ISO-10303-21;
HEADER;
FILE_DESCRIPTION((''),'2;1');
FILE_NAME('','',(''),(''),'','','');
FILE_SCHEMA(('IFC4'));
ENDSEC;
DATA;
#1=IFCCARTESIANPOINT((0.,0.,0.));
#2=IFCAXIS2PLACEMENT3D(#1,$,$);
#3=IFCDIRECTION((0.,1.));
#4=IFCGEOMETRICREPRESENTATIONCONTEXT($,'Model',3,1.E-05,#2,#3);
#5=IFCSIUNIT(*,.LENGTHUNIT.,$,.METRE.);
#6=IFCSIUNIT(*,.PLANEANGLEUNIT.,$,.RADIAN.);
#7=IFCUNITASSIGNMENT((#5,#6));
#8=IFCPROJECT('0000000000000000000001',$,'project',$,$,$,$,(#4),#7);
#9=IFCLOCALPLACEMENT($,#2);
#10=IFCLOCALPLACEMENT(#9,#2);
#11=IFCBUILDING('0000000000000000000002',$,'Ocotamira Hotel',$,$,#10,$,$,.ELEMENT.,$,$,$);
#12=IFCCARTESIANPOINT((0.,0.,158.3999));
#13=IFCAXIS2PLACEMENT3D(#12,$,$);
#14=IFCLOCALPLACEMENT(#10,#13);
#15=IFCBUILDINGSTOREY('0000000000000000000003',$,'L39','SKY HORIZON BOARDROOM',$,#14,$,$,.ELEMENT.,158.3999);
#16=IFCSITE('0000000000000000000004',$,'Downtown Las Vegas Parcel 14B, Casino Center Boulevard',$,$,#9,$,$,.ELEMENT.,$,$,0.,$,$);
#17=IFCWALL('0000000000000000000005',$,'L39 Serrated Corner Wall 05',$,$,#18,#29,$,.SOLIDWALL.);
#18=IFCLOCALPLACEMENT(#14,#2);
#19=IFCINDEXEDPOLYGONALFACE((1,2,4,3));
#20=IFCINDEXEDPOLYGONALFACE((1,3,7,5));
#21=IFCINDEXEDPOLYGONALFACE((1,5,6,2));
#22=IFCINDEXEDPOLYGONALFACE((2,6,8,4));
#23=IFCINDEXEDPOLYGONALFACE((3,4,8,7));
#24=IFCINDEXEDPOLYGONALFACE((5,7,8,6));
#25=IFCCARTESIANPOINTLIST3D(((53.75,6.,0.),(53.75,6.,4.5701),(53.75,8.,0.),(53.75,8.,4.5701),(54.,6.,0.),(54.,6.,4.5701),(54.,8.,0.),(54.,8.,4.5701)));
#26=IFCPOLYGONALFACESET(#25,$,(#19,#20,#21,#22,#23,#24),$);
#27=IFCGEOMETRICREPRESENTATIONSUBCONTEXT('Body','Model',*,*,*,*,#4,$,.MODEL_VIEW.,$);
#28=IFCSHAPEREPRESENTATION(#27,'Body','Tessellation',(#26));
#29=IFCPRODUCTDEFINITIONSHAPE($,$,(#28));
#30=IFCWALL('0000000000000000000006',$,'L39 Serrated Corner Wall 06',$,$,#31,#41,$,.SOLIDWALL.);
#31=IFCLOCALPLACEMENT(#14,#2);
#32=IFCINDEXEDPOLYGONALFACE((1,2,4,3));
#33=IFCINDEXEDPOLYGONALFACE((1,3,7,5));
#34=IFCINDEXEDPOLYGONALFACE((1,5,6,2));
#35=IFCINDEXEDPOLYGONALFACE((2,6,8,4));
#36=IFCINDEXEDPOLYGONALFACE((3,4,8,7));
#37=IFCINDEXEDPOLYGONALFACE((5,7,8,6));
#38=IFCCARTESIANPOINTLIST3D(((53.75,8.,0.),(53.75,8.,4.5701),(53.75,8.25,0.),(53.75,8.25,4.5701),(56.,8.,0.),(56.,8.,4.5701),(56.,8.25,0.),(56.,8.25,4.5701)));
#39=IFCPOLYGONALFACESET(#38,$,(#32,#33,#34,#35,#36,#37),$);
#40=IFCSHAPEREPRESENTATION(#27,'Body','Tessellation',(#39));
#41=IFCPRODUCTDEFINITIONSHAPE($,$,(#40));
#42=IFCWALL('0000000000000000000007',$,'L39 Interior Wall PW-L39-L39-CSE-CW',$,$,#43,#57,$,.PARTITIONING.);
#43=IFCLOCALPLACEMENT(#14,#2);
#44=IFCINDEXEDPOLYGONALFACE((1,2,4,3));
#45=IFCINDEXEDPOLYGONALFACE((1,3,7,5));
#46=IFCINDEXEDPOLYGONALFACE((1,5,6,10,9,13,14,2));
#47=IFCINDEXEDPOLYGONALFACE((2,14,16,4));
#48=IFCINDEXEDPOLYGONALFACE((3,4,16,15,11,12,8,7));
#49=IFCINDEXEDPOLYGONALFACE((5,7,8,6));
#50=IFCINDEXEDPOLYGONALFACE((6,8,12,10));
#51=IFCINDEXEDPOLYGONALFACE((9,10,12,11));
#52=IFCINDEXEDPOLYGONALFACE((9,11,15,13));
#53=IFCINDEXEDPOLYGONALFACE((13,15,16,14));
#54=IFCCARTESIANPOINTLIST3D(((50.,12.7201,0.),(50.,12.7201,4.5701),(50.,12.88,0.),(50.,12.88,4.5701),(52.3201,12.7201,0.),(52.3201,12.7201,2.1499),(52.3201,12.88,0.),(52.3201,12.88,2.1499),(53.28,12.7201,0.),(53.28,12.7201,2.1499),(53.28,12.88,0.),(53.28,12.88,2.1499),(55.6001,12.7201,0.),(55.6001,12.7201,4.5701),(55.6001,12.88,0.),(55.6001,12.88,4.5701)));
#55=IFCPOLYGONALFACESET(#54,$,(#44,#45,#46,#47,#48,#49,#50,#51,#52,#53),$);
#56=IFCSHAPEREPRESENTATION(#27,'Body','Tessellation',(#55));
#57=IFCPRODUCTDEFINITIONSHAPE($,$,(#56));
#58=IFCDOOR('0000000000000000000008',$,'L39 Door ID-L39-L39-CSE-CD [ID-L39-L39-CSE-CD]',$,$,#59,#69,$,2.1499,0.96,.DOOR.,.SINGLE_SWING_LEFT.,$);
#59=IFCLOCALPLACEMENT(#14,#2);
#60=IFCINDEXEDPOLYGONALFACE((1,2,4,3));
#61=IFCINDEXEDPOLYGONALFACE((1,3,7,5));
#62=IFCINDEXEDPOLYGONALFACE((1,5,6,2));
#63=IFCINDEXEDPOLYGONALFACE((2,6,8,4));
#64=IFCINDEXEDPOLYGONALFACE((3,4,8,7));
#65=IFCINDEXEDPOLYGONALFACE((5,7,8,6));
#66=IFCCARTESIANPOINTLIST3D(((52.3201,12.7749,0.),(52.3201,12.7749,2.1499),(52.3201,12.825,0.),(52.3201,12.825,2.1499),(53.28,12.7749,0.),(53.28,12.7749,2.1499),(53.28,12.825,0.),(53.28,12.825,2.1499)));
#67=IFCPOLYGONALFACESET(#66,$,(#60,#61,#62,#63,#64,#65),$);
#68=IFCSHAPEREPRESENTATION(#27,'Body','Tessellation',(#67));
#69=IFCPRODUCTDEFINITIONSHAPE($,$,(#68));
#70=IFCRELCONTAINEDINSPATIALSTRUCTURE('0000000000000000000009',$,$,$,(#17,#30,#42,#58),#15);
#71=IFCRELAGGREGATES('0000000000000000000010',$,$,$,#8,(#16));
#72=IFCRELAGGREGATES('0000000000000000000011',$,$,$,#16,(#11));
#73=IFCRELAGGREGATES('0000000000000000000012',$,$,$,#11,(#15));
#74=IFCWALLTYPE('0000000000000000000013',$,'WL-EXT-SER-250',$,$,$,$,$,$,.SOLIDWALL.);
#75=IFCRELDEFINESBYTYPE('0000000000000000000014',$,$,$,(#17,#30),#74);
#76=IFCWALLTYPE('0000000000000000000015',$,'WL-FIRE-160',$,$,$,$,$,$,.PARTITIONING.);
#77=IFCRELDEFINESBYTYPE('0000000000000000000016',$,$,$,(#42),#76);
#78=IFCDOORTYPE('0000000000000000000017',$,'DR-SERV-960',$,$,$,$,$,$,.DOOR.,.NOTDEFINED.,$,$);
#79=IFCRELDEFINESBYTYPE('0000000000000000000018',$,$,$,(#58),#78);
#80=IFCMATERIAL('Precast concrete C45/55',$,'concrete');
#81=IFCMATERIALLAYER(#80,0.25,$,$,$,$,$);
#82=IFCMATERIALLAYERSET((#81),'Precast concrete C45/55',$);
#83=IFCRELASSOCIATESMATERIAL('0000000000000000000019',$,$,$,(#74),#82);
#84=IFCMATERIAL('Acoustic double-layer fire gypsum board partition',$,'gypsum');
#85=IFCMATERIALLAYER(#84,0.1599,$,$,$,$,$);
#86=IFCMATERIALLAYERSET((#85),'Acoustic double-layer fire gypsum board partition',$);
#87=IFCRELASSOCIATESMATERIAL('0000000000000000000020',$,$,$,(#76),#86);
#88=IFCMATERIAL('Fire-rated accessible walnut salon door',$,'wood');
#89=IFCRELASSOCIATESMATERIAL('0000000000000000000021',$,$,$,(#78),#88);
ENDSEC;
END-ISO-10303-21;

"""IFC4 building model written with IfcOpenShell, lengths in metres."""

from ifc_helpers import new_model, si_unit, direction, frame, frame_2d, origin, place, context, subcontext, project, spatial, rectangle, extrude, source, transform, mapped, material, layer, layer_set, type_object, element, fill, save


model = new_model("IFC4")

# Units and contexts
model_context = context("Model", 3, precision=1e-05, world=origin(), true_north=direction((0.0, 1.0)))
body_context = subcontext(model_context, "Body", "Model", "MODEL_VIEW")
ifc_project = project(units=[si_unit("LENGTHUNIT", "METRE"), si_unit("PLANEANGLEUNIT", "RADIAN")], contexts=[model_context])

# Site, building, storey
site_placement = place(None, origin())
site = spatial("IfcSite", under=ifc_project, at=site_placement, Name="Downtown Las Vegas Parcel 14B, Casino Center Boulevard", CompositionType="ELEMENT", RefElevation=0.0)
building_placement = place(site_placement, origin())
building = spatial("IfcBuilding", under=site, at=building_placement, Name="Ocotamira Hotel", CompositionType="ELEMENT")
storey_placement = place(building_placement, frame((0.0, 0.0, 158.3999)))
storey = spatial("IfcBuildingStorey", under=building, at=storey_placement, Name="L39", Description="SKY HORIZON BOARDROOM", CompositionType="ELEMENT", Elevation=158.3999)

# Walls
ifc_material_1 = material(Name="Precast concrete C45/55", Category="concrete")
ifc_layer_1 = layer(ifc_material_1, 0.25)
ifc_layer_set_1 = layer_set([ifc_layer_1], Name="Precast concrete C45/55")
wall_type_1 = type_object("IfcWallType", Name="WL-EXT-SER-250", PredefinedType="SOLIDWALL", material=ifc_layer_set_1)
for number, where, z_axis, x_axis, name in (
    (1, (53.875, 6.0, 0.0), (0.0, 0.0, 1.0), (0.0, 1.0, 0.0), "L39 Serrated Corner Wall 05"),
):
    element("IfcWall", number, at=place(storey_placement, frame(where, z_axis=z_axis, x_axis=x_axis)), inside=storey, type_object=wall_type_1, Name=name, PredefinedType="SOLIDWALL", context=body_context, shape_type="SweptSolid", body=[
        extrude(rectangle(XDim=2.0, YDim=0.25, at=frame_2d((1.0, 0.0))), origin(), (0.0, 0.0, 1.0), 4.5701),
    ])
wall_1_placement = place(storey_placement, frame((53.75, 8.125, 0.0), z_axis=(0.0, 0.0, 1.0), x_axis=(1.0, 0.0, 0.0)))
element("IfcWall", 2, at=wall_1_placement, inside=storey, type_object=wall_type_1, Name="L39 Serrated Corner Wall 06", PredefinedType="SOLIDWALL", context=body_context, shape_type="SweptSolid", body=[
    extrude(rectangle(XDim=2.25, YDim=0.25, at=frame_2d((1.125, 0.0))), origin(), (0.0, 0.0, 1.0), 4.5701),
])

# Wall, opening, door
ifc_material_2 = material(Name="Acoustic double-layer fire gypsum board partition", Category="gypsum")
ifc_layer_2 = layer(ifc_material_2, 0.1599)
ifc_layer_set_2 = layer_set([ifc_layer_2], Name="Acoustic double-layer fire gypsum board partition")
wall_type_2 = type_object("IfcWallType", Name="WL-FIRE-160", PredefinedType="PARTITIONING", material=ifc_layer_set_2)
wall_2_placement = place(storey_placement, frame((50.0, 12.8, 0.0), z_axis=(0.0, 0.0, 1.0), x_axis=(1.0, 0.0, 0.0)))
wall_2 = element("IfcWall", 3, at=wall_2_placement, inside=storey, type_object=wall_type_2, Name="L39 Interior Wall PW-L39-L39-CSE-CW", PredefinedType="PARTITIONING", context=body_context, shape_type="SweptSolid", body=[
    extrude(rectangle(XDim=5.6001, YDim=0.1599, at=frame_2d((2.8, 0.0))), origin(), (0.0, 0.0, 1.0), 4.5701),
])
opening_placement = place(wall_2_placement, frame((2.3201, 0.0, 0.0)))
opening = element("IfcOpeningElement", 4, at=opening_placement, cuts=wall_2, PredefinedType="OPENING", context=body_context, shape_type="SweptSolid", body=[
    extrude(rectangle(XDim=0.96, YDim=2.1499, at=frame_2d((0.48, 1.075))), frame((0.0, 0.0898, 0.0), z_axis=(0.0, -1.0, 0.0), x_axis=(1.0, 0.0, 0.0)), (0.0, 0.0, 1.0), 0.1799),
])
ifc_material_3 = material(Name="Fire-rated accessible walnut salon door", Category="wood")
door_type = type_object("IfcDoorType", Name="DR-SERV-960", OperationType="NOTDEFINED", PredefinedType="DOOR", material=ifc_material_3)
shared_shape_1 = source(origin(), body_context, "Body", "SweptSolid", [
    extrude(rectangle(XDim=0.96, YDim=2.1499, at=frame_2d((0.48, 1.075))), frame((0.0, 0.0249, 0.0), z_axis=(0.0, -1.0, 0.0), x_axis=(1.0, 0.0, 0.0)), (0.0, 0.0, 1.0), 0.05),
])
door_placement = place(opening_placement, origin())
door = element("IfcDoor", 5, at=door_placement, inside=storey, type_object=door_type, Name="L39 Door ID-L39-L39-CSE-CD [ID-L39-L39-CSE-CD]", OperationType="SINGLE_SWING_LEFT", OverallHeight=2.1499, OverallWidth=0.96, PredefinedType="DOOR", context=body_context, shape_type="MappedRepresentation", body=[
    mapped(shared_shape_1, transform((0.0, 0.0, 0.0), scale=1.0)),
])
fill(opening, door)

save(model, "model.ifc")
